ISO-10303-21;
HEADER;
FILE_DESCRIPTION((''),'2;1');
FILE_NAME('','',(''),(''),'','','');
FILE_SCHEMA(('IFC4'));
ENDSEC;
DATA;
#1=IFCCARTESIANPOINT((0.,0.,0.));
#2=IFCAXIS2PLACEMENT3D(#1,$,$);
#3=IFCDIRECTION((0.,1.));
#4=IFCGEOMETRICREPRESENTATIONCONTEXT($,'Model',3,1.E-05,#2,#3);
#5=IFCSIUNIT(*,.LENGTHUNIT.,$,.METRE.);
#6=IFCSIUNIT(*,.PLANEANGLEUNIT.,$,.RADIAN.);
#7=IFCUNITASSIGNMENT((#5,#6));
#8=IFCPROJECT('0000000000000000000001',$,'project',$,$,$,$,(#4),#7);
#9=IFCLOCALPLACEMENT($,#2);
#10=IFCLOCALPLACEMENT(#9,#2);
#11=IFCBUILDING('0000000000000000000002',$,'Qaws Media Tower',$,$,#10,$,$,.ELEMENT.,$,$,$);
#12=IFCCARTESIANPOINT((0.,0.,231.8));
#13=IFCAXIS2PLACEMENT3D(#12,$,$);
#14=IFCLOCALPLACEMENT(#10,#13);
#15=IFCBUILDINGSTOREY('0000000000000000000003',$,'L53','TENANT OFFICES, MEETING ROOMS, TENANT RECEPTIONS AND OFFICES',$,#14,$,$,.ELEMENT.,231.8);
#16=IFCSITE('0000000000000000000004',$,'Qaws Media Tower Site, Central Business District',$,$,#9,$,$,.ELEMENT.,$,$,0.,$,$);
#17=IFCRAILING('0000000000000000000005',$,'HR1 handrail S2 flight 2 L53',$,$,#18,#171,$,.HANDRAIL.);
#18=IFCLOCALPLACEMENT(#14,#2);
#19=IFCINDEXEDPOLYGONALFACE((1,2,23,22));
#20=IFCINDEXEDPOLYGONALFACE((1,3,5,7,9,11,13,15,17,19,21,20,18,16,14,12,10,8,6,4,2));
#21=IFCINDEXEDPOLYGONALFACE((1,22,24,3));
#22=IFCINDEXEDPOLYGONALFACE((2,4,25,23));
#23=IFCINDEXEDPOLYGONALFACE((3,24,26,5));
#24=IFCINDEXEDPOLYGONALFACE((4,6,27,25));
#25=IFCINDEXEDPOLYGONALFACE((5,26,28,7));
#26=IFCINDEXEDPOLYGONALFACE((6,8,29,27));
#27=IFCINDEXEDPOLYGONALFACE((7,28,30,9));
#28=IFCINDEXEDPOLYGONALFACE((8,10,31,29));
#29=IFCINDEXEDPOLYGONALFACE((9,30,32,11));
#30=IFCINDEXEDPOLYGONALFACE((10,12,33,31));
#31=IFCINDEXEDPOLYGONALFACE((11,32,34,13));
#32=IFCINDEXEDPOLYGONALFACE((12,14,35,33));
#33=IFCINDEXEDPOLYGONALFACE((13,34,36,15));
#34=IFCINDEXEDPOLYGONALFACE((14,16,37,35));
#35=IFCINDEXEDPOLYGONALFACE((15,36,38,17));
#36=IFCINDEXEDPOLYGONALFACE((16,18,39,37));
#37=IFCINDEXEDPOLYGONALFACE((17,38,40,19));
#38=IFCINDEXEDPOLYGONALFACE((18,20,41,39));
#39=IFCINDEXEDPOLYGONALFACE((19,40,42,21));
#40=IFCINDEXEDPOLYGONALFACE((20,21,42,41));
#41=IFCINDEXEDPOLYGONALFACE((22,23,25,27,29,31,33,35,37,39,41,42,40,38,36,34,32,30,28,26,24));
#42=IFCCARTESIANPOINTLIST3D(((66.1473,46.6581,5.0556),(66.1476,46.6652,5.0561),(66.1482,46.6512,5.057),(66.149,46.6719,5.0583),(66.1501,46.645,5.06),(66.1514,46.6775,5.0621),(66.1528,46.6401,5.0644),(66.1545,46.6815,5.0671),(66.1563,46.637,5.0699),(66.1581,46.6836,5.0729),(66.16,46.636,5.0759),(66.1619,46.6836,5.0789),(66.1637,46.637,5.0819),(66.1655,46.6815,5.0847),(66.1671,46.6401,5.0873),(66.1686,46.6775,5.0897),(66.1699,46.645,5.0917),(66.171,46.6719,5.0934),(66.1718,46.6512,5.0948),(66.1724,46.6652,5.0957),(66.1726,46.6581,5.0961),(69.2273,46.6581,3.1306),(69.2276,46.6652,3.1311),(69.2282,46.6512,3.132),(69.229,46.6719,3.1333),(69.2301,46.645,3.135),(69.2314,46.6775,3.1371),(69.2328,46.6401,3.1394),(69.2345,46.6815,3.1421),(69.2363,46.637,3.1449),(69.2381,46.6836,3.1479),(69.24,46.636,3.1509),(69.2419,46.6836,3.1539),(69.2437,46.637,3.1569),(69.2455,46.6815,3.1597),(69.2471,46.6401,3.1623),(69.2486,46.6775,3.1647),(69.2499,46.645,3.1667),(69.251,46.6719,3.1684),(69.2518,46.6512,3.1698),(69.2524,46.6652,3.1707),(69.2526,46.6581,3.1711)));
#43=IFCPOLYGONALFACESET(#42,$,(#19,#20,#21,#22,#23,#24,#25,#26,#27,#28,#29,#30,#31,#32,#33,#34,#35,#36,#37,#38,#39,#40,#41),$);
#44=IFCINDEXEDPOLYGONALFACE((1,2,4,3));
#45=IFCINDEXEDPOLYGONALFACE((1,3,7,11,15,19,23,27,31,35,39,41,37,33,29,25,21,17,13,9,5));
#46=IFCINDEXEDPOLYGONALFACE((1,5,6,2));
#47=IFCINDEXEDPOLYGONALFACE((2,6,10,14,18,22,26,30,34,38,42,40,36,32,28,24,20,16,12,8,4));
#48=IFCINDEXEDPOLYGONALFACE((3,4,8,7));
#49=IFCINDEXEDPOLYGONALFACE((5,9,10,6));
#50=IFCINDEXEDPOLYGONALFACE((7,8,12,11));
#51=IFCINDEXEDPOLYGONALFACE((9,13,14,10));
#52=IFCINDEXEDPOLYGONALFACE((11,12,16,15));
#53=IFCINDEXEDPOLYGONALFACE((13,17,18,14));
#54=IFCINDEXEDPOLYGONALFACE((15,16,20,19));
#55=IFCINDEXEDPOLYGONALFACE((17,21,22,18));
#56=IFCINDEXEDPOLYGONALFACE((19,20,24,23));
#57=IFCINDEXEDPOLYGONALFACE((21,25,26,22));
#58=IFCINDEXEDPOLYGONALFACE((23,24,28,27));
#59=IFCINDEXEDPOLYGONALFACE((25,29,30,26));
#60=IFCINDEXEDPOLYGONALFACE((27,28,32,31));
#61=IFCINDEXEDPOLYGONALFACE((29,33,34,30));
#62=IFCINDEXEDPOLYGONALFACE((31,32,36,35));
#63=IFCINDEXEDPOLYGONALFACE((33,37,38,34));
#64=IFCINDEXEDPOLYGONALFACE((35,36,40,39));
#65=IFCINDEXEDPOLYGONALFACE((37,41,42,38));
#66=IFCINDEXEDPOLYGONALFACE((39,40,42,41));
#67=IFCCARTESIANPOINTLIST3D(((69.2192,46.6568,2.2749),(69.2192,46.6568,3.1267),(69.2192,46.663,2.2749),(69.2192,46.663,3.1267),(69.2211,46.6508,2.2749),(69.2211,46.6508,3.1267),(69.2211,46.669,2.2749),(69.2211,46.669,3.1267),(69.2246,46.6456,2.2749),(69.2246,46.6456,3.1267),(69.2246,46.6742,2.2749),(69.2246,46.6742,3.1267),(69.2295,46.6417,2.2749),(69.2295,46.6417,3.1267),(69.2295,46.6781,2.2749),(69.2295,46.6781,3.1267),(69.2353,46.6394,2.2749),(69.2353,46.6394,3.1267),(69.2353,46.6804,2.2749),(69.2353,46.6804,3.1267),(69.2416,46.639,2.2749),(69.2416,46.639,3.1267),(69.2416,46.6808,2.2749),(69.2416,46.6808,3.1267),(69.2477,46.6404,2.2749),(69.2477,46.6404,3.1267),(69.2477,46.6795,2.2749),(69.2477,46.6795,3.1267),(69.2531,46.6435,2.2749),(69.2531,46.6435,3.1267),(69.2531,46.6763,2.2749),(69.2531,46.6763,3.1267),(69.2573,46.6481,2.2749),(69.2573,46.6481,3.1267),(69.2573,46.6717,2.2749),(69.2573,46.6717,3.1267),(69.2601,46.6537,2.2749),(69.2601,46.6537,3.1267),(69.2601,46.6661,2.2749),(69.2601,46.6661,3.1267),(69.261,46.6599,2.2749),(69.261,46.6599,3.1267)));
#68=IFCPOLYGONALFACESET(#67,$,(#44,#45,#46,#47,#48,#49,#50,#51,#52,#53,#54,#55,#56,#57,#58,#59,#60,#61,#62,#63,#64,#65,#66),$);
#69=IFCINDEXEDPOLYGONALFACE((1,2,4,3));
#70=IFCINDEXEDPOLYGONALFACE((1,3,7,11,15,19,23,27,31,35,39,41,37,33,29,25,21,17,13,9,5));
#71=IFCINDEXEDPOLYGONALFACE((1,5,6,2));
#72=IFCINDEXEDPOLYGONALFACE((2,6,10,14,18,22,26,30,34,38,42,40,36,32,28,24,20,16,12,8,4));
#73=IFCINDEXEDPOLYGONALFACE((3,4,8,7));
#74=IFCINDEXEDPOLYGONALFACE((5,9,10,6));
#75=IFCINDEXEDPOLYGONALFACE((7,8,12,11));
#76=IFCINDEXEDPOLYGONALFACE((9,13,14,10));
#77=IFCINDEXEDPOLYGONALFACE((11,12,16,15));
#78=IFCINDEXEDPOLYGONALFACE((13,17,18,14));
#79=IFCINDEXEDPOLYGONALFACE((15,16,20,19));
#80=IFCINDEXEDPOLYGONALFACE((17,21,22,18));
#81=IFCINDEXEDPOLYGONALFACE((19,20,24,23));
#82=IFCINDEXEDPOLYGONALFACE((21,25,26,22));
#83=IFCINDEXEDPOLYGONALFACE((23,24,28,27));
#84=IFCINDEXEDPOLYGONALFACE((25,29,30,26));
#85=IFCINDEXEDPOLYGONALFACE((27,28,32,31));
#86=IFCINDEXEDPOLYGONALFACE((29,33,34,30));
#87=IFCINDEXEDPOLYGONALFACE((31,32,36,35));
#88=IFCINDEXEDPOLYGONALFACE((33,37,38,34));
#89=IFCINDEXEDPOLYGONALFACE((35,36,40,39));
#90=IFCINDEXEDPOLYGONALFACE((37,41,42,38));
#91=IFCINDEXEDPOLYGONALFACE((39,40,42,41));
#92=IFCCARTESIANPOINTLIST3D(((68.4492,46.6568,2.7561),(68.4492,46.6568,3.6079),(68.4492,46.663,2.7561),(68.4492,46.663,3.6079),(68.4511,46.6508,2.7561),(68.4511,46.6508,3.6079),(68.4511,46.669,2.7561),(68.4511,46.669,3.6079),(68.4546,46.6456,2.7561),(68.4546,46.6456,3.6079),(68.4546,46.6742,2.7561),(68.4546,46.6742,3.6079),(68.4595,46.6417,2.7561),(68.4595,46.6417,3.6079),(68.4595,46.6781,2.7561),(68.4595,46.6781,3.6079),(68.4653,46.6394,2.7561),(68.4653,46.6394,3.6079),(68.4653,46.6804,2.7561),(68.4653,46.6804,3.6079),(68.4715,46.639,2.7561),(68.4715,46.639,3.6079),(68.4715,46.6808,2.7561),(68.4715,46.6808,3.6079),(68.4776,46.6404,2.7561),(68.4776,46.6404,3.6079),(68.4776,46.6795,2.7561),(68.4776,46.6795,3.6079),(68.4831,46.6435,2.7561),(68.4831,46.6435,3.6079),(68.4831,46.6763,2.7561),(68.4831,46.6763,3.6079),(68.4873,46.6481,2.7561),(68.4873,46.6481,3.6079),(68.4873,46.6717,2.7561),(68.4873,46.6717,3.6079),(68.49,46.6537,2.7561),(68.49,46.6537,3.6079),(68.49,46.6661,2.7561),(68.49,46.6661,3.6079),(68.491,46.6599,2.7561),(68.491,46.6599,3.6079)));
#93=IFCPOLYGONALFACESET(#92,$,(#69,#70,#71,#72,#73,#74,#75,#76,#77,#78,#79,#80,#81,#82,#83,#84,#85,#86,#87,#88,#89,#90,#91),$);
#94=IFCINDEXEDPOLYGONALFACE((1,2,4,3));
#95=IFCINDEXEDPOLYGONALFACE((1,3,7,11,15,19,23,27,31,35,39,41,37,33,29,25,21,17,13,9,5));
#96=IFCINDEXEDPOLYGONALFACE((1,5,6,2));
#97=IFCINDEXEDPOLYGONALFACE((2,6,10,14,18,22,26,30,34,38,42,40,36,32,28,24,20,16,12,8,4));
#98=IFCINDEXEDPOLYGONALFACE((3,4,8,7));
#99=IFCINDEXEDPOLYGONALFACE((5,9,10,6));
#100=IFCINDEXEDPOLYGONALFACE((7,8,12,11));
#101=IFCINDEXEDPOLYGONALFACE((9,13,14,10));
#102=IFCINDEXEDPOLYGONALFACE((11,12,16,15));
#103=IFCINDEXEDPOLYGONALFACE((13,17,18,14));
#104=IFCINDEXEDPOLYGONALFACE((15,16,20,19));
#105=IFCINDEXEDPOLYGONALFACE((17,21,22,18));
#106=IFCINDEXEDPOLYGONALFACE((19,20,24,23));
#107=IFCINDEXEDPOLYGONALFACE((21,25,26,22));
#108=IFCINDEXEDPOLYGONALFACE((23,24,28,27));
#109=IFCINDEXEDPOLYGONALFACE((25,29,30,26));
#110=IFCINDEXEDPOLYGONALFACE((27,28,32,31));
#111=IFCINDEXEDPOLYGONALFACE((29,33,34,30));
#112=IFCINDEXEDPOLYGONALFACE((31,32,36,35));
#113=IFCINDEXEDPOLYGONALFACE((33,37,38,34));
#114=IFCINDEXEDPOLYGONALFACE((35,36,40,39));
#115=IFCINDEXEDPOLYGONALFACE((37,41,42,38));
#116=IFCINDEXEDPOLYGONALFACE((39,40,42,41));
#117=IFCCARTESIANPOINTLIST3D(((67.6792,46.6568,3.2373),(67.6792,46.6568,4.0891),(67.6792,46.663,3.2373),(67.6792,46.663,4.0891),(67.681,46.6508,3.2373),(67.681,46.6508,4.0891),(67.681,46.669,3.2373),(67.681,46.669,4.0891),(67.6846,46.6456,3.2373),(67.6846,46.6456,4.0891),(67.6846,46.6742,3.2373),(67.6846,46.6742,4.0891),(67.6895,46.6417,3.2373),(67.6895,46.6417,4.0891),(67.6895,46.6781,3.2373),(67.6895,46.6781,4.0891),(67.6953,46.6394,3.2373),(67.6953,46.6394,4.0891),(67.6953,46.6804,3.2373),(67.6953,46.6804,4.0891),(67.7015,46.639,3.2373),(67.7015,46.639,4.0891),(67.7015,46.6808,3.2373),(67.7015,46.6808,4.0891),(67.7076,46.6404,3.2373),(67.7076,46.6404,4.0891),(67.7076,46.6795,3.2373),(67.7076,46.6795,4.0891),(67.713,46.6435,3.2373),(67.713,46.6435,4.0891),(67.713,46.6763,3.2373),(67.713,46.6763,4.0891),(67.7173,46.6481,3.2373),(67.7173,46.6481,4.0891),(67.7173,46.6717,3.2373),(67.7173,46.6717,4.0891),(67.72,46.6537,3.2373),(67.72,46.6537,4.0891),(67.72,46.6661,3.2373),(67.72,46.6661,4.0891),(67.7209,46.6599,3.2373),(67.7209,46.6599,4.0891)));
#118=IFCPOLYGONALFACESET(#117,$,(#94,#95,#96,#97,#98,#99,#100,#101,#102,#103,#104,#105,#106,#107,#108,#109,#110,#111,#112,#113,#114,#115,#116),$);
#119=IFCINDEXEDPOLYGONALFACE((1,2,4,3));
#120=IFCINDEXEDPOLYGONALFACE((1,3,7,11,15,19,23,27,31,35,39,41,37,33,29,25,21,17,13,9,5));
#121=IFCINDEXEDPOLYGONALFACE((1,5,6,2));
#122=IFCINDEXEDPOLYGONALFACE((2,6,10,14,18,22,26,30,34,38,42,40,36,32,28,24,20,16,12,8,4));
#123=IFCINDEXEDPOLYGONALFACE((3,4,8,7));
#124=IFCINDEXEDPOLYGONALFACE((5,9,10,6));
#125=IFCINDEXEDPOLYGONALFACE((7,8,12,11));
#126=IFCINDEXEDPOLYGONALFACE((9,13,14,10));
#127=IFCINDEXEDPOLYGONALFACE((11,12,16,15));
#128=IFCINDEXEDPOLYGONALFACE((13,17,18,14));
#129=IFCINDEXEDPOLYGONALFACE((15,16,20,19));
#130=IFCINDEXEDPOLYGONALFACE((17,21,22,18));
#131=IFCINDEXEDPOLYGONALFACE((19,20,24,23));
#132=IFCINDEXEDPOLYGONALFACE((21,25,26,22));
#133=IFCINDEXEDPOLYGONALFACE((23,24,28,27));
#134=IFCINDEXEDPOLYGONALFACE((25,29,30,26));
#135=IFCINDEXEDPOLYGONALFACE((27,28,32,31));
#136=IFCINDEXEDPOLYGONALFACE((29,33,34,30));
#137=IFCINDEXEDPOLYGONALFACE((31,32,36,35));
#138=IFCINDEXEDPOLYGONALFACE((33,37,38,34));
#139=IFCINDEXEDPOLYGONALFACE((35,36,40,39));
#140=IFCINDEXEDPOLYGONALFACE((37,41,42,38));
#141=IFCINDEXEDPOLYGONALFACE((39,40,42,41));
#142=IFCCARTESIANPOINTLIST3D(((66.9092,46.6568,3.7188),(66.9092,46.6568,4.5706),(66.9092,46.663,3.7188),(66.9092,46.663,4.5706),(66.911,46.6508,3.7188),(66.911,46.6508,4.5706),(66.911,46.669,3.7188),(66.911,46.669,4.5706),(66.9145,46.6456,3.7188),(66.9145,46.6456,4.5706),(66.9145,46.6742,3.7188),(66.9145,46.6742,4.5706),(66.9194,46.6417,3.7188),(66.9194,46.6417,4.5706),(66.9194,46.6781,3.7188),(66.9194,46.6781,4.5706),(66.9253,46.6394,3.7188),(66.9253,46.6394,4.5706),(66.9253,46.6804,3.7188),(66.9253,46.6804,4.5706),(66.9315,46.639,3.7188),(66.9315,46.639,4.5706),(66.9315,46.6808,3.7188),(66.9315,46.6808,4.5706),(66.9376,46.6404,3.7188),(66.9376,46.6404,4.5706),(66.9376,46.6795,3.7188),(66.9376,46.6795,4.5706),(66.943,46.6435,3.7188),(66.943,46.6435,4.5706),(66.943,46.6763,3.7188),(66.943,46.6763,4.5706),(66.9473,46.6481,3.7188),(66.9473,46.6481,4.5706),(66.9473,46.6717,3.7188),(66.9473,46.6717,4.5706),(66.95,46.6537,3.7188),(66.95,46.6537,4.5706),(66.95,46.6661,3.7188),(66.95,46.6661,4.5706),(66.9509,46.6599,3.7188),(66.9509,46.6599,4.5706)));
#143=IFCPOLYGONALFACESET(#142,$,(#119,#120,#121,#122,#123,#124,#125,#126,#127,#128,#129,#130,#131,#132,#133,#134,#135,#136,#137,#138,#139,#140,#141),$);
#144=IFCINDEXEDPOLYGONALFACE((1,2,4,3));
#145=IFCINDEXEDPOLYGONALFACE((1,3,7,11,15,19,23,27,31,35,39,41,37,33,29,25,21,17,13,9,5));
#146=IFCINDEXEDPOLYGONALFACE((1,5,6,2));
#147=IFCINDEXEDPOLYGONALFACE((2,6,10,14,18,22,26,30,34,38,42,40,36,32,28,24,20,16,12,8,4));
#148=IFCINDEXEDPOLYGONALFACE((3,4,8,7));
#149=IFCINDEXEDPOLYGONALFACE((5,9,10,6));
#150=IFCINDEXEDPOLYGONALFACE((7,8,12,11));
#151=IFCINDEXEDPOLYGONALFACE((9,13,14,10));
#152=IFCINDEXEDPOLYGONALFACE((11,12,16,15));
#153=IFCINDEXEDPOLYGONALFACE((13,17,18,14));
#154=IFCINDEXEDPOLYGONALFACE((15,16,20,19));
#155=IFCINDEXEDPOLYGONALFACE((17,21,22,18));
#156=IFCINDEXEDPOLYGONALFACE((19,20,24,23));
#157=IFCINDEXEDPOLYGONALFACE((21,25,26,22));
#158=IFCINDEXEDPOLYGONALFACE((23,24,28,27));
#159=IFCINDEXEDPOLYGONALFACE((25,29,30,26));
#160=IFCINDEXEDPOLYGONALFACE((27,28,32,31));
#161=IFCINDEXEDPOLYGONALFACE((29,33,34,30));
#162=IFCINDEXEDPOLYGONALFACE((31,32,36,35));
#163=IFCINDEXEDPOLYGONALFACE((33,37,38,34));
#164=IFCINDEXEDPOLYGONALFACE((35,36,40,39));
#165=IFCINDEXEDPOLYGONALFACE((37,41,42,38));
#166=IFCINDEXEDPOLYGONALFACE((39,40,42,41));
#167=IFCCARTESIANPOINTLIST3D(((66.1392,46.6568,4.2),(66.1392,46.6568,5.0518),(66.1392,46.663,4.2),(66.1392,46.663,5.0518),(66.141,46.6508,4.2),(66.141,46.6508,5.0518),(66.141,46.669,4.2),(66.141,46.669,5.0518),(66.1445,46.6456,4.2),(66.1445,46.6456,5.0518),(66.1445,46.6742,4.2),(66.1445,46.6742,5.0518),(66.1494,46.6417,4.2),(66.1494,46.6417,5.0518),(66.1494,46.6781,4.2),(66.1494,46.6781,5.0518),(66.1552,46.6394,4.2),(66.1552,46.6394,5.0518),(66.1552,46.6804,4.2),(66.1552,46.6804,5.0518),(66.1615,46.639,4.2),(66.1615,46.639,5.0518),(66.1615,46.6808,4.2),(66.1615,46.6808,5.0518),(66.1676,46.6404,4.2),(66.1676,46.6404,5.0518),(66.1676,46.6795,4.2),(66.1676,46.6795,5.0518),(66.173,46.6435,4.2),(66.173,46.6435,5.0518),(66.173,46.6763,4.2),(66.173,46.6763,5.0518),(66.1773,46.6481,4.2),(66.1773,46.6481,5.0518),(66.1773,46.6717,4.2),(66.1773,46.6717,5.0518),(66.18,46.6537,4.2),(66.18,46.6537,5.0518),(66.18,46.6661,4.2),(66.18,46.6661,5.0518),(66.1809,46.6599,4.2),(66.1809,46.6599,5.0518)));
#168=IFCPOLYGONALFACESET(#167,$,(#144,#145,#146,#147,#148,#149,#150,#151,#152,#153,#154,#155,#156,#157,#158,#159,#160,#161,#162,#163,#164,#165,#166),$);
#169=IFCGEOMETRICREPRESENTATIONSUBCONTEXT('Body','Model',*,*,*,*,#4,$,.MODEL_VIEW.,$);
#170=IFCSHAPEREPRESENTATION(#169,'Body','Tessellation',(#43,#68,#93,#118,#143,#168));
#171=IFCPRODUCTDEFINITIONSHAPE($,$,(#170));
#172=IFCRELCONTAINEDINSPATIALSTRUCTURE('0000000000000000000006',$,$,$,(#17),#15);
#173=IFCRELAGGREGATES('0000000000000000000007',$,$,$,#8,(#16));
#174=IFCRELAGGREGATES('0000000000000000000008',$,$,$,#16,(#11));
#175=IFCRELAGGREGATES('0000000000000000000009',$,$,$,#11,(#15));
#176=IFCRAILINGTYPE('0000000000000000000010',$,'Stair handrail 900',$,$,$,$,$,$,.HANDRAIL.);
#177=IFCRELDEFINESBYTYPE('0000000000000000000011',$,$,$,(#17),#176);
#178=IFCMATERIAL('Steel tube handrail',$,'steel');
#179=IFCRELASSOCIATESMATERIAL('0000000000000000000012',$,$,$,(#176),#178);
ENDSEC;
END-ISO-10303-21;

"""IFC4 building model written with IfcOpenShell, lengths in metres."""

from ifc_helpers import new_model, si_unit, direction, frame, origin, origin_2d, place, context, subcontext, project, spatial, circle, extrude, material, type_object, element, save


model = new_model("IFC4")

# Units and contexts
model_context = context("Model", 3, precision=1e-05, world=origin(), true_north=direction((0.0, 1.0)))
body_context = subcontext(model_context, "Body", "Model", "MODEL_VIEW")
ifc_project = project(units=[si_unit("LENGTHUNIT", "METRE"), si_unit("PLANEANGLEUNIT", "RADIAN")], contexts=[model_context])

# Site, building, storey
site_placement = place(None, origin())
site = spatial("IfcSite", under=ifc_project, at=site_placement, Name="Qaws Media Tower Site, Central Business District", CompositionType="ELEMENT", RefElevation=0.0)
building_placement = place(site_placement, origin())
building = spatial("IfcBuilding", under=site, at=building_placement, Name="Qaws Media Tower", CompositionType="ELEMENT")
storey_placement = place(building_placement, frame((0.0, 0.0, 231.8)))
storey = spatial("IfcBuildingStorey", under=building, at=storey_placement, Name="L53", Description="TENANT OFFICES, MEETING ROOMS, TENANT RECEPTIONS AND OFFICES", CompositionType="ELEMENT", Elevation=231.8)

# Railing
ifc_material_1 = material(Name="Steel tube handrail", Category="steel")
railing_type = type_object("IfcRailingType", Name="Stair handrail 900", PredefinedType="HANDRAIL", material=ifc_material_1)
for number, where, name in (
    (1, (69.24, 46.6599, 2.2749), "HR1 handrail S2 flight 2 L53"),
):
    element("IfcRailing", number, at=place(storey_placement, frame(where)), inside=storey, type_object=railing_type, Name=name, PredefinedType="HANDRAIL", context=body_context, shape_type="SweptSolid", body=[
        extrude(circle(Radius=0.0239, at=origin_2d()), frame((0.0, 0.0, 0.876), z_axis=(-0.847998, 0.0, 0.529999), x_axis=(0.0, -1.0, 0.0)), (0.0, 0.0, 1.0), 3.6321),
        extrude(circle(Radius=0.021, at=origin_2d()), origin(), (0.0, 0.0, 1.0), 0.8518),
        extrude(circle(Radius=0.021, at=origin_2d()), frame((-0.77, 0.0, 0.4812)), (0.0, 0.0, 1.0), 0.8518),
        extrude(circle(Radius=0.021, at=origin_2d()), frame((-1.54, 0.0, 0.9624)), (0.0, 0.0, 1.0), 0.8518),
        extrude(circle(Radius=0.021, at=origin_2d()), frame((-2.3101, 0.0, 1.4438)), (0.0, 0.0, 1.0), 0.8518),
        extrude(circle(Radius=0.021, at=origin_2d()), frame((-3.0801, 0.0, 1.925)), (0.0, 0.0, 1.0), 0.8518),
    ])

save(model, "model.ifc")
